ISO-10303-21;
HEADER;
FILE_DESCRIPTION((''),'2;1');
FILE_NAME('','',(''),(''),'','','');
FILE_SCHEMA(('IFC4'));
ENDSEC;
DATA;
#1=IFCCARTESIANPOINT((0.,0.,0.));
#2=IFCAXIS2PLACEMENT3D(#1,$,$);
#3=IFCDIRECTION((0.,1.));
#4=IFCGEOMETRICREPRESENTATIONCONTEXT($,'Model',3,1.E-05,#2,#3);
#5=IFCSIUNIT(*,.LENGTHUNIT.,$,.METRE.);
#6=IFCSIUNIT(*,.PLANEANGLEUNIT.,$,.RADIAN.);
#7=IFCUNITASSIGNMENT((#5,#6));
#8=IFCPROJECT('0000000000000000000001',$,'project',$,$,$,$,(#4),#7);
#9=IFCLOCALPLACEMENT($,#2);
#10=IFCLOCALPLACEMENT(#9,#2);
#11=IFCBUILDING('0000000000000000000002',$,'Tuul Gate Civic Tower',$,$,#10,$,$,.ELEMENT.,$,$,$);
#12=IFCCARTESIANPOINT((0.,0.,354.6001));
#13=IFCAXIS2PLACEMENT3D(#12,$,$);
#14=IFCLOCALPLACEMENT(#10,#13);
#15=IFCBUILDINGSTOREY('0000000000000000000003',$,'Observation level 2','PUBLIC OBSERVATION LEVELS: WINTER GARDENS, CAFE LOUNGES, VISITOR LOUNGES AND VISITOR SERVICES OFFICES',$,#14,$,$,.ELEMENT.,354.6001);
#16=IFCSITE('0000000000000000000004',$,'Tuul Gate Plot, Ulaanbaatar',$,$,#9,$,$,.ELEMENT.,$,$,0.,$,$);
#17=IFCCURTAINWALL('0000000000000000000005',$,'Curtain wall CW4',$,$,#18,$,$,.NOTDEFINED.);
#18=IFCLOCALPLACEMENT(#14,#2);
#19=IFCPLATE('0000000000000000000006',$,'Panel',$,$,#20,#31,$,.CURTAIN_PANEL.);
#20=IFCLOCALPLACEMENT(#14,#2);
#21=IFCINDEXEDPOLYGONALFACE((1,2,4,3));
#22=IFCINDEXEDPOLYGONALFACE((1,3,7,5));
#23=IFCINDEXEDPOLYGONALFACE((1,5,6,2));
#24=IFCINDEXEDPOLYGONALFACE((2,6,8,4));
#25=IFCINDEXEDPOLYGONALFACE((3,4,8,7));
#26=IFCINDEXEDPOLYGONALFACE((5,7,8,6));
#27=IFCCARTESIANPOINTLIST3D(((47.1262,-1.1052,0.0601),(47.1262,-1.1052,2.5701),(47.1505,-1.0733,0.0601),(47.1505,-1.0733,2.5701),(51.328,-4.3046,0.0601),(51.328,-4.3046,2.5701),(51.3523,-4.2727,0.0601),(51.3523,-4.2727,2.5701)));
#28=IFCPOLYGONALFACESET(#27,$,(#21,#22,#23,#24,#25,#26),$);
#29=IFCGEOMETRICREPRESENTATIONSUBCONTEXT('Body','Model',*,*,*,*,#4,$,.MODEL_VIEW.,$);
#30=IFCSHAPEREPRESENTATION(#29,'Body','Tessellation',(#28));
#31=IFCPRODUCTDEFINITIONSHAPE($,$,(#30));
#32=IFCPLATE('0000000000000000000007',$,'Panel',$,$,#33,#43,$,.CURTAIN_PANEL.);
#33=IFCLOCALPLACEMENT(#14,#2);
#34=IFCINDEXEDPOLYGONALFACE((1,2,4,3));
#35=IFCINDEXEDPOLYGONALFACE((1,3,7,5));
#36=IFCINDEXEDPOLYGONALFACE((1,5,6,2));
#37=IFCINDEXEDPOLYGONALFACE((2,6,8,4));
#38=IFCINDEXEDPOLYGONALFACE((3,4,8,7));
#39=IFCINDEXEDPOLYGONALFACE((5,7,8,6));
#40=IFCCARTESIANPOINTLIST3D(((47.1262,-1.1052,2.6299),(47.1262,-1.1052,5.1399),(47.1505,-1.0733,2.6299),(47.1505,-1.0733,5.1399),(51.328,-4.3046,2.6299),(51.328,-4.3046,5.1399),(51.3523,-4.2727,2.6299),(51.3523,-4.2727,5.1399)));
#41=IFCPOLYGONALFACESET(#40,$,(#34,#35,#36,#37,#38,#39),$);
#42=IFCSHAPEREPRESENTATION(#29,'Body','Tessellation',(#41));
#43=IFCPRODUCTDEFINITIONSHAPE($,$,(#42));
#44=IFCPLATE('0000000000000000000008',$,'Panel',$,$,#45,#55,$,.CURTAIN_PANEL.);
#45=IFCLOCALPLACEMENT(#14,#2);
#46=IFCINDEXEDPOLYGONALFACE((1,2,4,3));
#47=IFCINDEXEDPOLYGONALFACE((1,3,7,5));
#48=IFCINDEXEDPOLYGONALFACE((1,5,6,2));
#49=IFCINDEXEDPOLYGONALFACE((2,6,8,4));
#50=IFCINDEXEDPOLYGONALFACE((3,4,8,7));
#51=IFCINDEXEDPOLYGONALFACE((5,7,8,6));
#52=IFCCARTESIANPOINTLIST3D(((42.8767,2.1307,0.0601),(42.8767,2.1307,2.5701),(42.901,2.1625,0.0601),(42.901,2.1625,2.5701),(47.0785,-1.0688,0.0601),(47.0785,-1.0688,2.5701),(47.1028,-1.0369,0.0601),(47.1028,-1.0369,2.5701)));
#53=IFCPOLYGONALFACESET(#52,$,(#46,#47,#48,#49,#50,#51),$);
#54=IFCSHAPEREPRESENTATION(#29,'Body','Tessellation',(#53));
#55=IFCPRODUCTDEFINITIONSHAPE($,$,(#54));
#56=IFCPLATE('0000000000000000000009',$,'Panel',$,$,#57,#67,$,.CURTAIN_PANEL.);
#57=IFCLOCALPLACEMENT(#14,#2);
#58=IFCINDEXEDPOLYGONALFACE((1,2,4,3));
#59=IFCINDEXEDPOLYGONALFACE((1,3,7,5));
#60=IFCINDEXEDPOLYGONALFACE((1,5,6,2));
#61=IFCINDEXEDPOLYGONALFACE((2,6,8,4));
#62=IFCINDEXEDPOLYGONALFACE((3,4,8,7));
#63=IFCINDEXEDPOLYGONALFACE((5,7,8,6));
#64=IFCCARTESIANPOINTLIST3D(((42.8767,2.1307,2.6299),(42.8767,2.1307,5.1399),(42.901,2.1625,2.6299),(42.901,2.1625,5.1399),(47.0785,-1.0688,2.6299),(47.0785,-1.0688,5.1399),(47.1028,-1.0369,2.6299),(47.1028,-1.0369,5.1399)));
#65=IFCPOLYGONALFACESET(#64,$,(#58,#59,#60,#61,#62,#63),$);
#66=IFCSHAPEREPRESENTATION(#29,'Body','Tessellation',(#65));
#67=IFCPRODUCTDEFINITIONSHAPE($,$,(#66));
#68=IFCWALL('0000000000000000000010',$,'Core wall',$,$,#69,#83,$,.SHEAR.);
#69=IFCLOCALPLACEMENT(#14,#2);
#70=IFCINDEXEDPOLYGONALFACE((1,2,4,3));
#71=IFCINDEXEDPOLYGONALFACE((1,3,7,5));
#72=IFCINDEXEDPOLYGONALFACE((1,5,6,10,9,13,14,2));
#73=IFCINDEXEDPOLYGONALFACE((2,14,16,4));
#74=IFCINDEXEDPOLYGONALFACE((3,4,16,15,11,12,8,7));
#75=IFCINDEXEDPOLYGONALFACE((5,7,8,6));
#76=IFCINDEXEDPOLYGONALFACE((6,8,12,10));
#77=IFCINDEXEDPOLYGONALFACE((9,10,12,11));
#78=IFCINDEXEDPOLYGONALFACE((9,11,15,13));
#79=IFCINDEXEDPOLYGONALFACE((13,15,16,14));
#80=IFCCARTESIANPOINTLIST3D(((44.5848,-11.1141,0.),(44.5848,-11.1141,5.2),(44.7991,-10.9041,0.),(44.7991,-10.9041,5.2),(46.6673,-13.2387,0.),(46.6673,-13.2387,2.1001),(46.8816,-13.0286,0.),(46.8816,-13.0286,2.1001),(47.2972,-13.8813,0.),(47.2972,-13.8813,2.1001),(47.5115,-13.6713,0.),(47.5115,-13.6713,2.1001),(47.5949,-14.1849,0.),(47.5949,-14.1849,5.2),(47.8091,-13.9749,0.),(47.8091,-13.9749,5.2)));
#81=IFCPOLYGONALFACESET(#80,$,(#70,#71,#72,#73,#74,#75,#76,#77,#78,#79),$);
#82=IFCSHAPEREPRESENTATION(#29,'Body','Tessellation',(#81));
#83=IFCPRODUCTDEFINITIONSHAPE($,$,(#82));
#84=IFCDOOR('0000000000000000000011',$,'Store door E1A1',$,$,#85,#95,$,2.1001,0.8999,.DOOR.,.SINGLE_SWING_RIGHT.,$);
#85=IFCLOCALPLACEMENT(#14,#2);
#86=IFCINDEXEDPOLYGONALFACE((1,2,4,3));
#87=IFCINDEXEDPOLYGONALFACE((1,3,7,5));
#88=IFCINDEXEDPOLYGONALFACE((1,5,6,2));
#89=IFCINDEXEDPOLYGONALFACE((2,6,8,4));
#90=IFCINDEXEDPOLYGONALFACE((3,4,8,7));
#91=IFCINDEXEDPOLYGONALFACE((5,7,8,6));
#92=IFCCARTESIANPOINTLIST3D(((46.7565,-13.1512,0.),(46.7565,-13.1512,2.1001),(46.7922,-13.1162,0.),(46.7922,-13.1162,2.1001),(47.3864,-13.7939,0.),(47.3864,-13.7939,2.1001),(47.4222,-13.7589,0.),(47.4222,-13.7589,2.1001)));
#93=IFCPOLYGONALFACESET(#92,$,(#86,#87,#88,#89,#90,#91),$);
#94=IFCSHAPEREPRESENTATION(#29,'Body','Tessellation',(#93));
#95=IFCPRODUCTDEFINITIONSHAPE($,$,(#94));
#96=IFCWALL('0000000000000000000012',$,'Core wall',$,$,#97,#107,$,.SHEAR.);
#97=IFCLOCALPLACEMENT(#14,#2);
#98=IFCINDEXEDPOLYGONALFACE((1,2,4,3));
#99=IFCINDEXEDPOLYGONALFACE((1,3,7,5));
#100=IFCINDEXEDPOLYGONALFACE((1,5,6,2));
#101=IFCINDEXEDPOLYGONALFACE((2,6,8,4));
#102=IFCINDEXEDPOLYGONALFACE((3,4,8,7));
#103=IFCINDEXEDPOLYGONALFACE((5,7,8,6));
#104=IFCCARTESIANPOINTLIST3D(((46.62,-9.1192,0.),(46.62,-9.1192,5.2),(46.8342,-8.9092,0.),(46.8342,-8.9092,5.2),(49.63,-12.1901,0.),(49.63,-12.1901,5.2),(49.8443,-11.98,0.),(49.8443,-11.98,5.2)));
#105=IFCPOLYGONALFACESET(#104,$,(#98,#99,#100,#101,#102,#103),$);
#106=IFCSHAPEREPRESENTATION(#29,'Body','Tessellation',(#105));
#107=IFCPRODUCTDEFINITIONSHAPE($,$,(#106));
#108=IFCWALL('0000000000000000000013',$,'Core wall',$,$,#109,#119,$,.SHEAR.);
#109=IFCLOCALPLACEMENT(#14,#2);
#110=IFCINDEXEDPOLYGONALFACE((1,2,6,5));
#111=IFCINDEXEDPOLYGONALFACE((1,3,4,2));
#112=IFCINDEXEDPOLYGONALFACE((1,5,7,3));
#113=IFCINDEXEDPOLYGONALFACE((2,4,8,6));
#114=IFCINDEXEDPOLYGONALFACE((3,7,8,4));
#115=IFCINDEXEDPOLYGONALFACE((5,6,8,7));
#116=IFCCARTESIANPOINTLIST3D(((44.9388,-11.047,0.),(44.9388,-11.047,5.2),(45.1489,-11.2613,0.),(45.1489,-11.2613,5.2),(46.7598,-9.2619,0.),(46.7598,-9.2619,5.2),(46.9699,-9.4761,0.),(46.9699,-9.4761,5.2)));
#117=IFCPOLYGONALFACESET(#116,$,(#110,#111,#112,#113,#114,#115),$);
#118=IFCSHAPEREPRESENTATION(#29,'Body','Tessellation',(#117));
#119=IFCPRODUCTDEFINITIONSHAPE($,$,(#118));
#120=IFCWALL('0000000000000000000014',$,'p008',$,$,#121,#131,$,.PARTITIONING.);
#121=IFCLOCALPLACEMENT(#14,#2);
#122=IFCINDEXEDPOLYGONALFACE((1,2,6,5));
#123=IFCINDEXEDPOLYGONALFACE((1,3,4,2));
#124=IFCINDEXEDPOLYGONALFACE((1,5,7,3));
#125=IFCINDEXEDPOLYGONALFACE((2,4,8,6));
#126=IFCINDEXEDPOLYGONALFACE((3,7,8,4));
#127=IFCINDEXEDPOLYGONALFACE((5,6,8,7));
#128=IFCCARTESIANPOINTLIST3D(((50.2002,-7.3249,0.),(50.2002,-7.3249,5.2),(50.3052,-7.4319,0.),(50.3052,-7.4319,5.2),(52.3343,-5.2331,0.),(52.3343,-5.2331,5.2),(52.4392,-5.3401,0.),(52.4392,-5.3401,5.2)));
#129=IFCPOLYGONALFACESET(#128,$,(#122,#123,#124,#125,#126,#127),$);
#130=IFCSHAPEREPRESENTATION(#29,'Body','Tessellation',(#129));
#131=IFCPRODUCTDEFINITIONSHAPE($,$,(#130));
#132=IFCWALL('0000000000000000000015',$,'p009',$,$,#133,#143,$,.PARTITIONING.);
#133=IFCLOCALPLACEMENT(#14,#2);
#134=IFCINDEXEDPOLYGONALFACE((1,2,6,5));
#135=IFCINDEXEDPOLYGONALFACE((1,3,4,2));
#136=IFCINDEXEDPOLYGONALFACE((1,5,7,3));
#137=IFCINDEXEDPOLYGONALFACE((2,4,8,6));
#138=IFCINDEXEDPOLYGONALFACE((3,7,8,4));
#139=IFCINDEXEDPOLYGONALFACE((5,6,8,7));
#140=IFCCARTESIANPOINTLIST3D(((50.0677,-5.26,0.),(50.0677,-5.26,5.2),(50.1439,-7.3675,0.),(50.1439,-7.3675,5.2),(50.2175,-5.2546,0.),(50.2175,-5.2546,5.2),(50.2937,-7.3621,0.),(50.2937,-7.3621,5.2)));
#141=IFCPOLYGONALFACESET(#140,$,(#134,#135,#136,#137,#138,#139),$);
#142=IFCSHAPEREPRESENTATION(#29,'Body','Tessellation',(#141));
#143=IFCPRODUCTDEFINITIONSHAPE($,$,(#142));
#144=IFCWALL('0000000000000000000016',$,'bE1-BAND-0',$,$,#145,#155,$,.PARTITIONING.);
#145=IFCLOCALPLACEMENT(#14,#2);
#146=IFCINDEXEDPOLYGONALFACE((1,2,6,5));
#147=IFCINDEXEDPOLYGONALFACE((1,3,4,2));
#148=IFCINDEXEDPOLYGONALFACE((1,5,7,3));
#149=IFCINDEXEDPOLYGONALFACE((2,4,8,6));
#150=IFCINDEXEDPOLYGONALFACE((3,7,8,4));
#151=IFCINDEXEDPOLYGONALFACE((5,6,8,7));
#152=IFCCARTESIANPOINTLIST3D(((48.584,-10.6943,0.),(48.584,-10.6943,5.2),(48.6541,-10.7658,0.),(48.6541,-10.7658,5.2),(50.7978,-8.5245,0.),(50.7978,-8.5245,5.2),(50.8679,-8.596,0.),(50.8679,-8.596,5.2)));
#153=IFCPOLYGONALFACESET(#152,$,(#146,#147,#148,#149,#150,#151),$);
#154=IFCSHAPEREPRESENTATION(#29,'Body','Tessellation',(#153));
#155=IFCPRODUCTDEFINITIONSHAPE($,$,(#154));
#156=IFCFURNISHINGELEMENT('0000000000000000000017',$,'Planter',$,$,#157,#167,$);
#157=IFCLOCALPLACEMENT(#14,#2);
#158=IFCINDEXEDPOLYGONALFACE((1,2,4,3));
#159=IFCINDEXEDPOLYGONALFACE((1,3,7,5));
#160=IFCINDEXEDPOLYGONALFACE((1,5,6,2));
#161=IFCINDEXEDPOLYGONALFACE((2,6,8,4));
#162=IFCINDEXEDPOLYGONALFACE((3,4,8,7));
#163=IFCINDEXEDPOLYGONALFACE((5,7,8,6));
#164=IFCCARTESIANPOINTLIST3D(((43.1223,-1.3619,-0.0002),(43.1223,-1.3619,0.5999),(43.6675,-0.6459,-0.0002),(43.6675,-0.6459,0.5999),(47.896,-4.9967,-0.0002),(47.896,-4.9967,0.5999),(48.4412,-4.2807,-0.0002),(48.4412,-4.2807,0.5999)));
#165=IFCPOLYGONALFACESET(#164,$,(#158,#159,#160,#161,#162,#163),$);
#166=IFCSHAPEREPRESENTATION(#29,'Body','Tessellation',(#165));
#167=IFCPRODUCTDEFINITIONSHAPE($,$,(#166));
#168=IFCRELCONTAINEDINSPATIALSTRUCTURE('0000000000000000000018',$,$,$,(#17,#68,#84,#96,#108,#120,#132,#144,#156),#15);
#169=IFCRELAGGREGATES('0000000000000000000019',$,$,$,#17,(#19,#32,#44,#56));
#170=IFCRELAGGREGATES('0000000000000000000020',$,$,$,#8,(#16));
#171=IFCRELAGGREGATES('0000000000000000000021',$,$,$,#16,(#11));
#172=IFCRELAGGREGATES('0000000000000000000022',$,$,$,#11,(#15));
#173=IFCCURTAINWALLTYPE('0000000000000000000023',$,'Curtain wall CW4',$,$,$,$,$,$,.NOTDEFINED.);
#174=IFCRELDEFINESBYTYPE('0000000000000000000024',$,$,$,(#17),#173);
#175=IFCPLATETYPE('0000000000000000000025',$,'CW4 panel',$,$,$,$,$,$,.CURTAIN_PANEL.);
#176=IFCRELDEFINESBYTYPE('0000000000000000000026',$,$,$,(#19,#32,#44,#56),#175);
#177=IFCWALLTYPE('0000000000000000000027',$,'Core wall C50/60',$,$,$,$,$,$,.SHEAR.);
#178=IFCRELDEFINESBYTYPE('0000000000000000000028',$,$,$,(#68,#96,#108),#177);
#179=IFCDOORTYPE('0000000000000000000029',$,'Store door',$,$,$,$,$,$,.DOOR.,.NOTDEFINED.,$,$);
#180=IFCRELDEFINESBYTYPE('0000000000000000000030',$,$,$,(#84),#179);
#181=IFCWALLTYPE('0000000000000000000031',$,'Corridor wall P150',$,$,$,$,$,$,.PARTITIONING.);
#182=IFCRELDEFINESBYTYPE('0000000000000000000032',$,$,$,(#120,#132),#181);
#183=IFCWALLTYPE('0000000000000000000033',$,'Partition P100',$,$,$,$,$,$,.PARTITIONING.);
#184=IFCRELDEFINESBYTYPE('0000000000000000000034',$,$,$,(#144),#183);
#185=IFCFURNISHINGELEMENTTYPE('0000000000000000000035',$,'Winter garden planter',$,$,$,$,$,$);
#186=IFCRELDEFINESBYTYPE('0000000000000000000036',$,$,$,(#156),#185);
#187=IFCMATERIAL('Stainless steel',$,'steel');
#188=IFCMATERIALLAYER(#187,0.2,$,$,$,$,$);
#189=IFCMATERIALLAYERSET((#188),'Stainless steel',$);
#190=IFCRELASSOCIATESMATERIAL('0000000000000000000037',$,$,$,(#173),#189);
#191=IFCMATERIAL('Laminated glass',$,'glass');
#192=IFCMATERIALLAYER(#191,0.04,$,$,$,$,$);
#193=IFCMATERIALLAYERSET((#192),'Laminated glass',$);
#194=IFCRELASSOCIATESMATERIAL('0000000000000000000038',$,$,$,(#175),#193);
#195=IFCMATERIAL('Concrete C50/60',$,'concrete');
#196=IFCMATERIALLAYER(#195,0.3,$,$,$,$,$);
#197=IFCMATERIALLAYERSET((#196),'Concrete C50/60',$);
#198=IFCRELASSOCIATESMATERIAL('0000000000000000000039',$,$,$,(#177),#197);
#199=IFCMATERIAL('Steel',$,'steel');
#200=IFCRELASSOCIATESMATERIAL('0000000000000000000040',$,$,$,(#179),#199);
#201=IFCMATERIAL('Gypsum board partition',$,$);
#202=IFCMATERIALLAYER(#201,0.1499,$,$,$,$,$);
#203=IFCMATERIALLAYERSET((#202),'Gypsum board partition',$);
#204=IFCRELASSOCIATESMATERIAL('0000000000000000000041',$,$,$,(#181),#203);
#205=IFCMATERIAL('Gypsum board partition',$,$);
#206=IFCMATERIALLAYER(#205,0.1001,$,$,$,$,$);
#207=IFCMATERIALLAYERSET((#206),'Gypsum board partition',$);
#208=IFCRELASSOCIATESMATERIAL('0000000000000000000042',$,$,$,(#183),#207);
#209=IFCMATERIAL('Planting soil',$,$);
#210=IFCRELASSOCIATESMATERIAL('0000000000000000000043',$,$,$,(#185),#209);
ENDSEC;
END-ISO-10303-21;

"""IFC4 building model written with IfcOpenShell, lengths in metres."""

from ifc_helpers import new_model, si_unit, direction, frame, frame_2d, origin, origin_2d, place, context, subcontext, project, spatial, rectangle, extrude, material, layer, layer_set, type_object, element, fill, aggregate, save


model = new_model("IFC4")

# Units and contexts
model_context = context("Model", 3, precision=1e-05, world=origin(), true_north=direction((0.0, 1.0)))
body_context = subcontext(model_context, "Body", "Model", "MODEL_VIEW")
ifc_project = project(units=[si_unit("LENGTHUNIT", "METRE"), si_unit("PLANEANGLEUNIT", "RADIAN")], contexts=[model_context])

# Site, building, storey
site_placement = place(None, origin())
site = spatial("IfcSite", under=ifc_project, at=site_placement, Name="Tuul Gate Plot, Ulaanbaatar", CompositionType="ELEMENT", RefElevation=0.0)
building_placement = place(site_placement, origin())
building = spatial("IfcBuilding", under=site, at=building_placement, Name="Tuul Gate Civic Tower", CompositionType="ELEMENT")
storey_placement = place(building_placement, frame((0.0, 0.0, 354.6001)))
storey = spatial("IfcBuildingStorey", under=building, at=storey_placement, Name="Observation level 2", Description="PUBLIC OBSERVATION LEVELS: WINTER GARDENS, CAFE LOUNGES, VISITOR LOUNGES AND VISITOR SERVICES OFFICES", CompositionType="ELEMENT", Elevation=354.6001)

# Curtain wall
ifc_material_1 = material(Name="Stainless steel", Category="steel")
ifc_layer_1 = layer(ifc_material_1, 0.2)
ifc_layer_set_1 = layer_set([ifc_layer_1], Name="Stainless steel")
curtain_wall_type = type_object("IfcCurtainWallType", Name="Curtain wall CW4", PredefinedType="NOTDEFINED", material=ifc_layer_set_1)
curtain_wall_placement = place(storey_placement, origin())
curtain_wall = element("IfcCurtainWall", 1, at=curtain_wall_placement, inside=storey, type_object=curtain_wall_type, Name="Curtain wall CW4", PredefinedType="NOTDEFINED")

# Plates
ifc_material_2 = material(Name="Laminated glass", Category="glass")
ifc_layer_2 = layer(ifc_material_2, 0.04)
ifc_layer_set_2 = layer_set([ifc_layer_2], Name="Laminated glass")
plate_type = type_object("IfcPlateType", Name="CW4 panel", PredefinedType="CURTAIN_PANEL", material=ifc_layer_set_2)
plate_1_placement = place(storey_placement, frame((49.2393, -2.689, 0.0601), z_axis=(0.0, 0.0, 1.0), x_axis=(-0.795611, 0.605808, 0.0)))
plate_1 = element("IfcPlate", 2, at=plate_1_placement, type_object=plate_type, Name="Panel", PredefinedType="CURTAIN_PANEL", context=body_context, shape_type="SweptSolid", body=[
    extrude(rectangle(XDim=5.2812, YDim=0.04, at=origin_2d()), origin(), (0.0, 0.0, 1.0), 2.51),
])
plate_2_placement = place(storey_placement, frame((49.2393, -2.689, 2.6299), z_axis=(0.0, 0.0, 1.0), x_axis=(-0.795611, 0.605808, 0.0)))
plate_2 = element("IfcPlate", 3, at=plate_2_placement, type_object=plate_type, Name="Panel", PredefinedType="CURTAIN_PANEL", context=body_context, shape_type="SweptSolid", body=[
    extrude(rectangle(XDim=5.2812, YDim=0.04, at=origin_2d()), origin(), (0.0, 0.0, 1.0), 2.51),
])
plate_3_placement = place(storey_placement, frame((44.9897, 0.5469, 0.0601), z_axis=(0.0, 0.0, 1.0), x_axis=(-0.795611, 0.605808, 0.0)))
plate_3 = element("IfcPlate", 4, at=plate_3_placement, type_object=plate_type, Name="Panel", PredefinedType="CURTAIN_PANEL", context=body_context, shape_type="SweptSolid", body=[
    extrude(rectangle(XDim=5.2812, YDim=0.04, at=origin_2d()), origin(), (0.0, 0.0, 1.0), 2.51),
])
plate_4_placement = place(storey_placement, frame((44.9897, 0.5469, 2.6299), z_axis=(0.0, 0.0, 1.0), x_axis=(-0.795611, 0.605808, 0.0)))
plate_4 = element("IfcPlate", 5, at=plate_4_placement, type_object=plate_type, Name="Panel", PredefinedType="CURTAIN_PANEL", context=body_context, shape_type="SweptSolid", body=[
    extrude(rectangle(XDim=5.2812, YDim=0.04, at=origin_2d()), origin(), (0.0, 0.0, 1.0), 2.51),
])
aggregate(curtain_wall, [plate_1, plate_2, plate_3, plate_4])

# Wall, opening, door
ifc_material_3 = material(Name="Concrete C50/60", Category="concrete")
ifc_layer_3 = layer(ifc_material_3, 0.3)
ifc_layer_set_3 = layer_set([ifc_layer_3], Name="Concrete C50/60")
wall_type_1 = type_object("IfcWallType", Name="Core wall C50/60", PredefinedType="SHEAR", material=ifc_layer_set_3)
wall_1_placement = place(storey_placement, frame((47.7019, -14.0798, 0.0), z_axis=(0.0, 0.0, 1.0), x_axis=(-0.700003, 0.71414, 0.0)))
wall_1 = element("IfcWall", 6, at=wall_1_placement, inside=storey, type_object=wall_type_1, Name="Core wall", PredefinedType="SHEAR", context=body_context, shape_type="SweptSolid", body=[
    extrude(rectangle(XDim=4.3, YDim=0.3, at=frame_2d((2.1499, 0.0))), origin(), (0.0, 0.0, 1.0), 5.2),
])
opening_placement = place(wall_1_placement, frame((0.425, 0.0, 0.0)))
opening = element("IfcOpeningElement", 7, at=opening_placement, cuts=wall_1, PredefinedType="OPENING", context=body_context, shape_type="SweptSolid", body=[
    extrude(rectangle(XDim=0.8999, YDim=2.1001, at=frame_2d((0.45, 1.05))), frame((0.0, 0.1602, 0.0), z_axis=(0.0, -1.0, 0.0), x_axis=(1.0, 0.0, 0.0)), (0.0, 0.0, 1.0), 0.3201),
])
ifc_material_4 = material(Name="Steel", Category="steel")
door_type = type_object("IfcDoorType", Name="Store door", OperationType="NOTDEFINED", PredefinedType="DOOR", material=ifc_material_4)
door_placement = place(opening_placement, frame((0.8999, 0.0, 0.0), z_axis=(0.0, 0.0, 1.0), x_axis=(-1.0, 0.0, 0.0)))
door = element("IfcDoor", 8, at=door_placement, inside=storey, type_object=door_type, Name="Store door E1A1", OperationType="SINGLE_SWING_RIGHT", OverallHeight=2.1001, OverallWidth=0.8999, PredefinedType="DOOR", context=body_context, shape_type="SweptSolid", body=[
    extrude(rectangle(XDim=0.8999, YDim=2.1001, at=frame_2d((0.45, 1.05))), frame((0.0, 0.0249, 0.0), z_axis=(0.0, -1.0, 0.0), x_axis=(1.0, 0.0, 0.0)), (0.0, 0.0, 1.0), 0.05),
])
fill(opening, door)

# Walls
wall_2_placement = place(storey_placement, frame((49.7371, -12.085, 0.0), z_axis=(0.0, 0.0, 1.0), x_axis=(-0.700003, 0.71414, 0.0)))
element("IfcWall", 9, at=wall_2_placement, inside=storey, type_object=wall_type_1, Name="Core wall", PredefinedType="SHEAR", context=body_context, shape_type="SweptSolid", body=[
    extrude(rectangle(XDim=4.3, YDim=0.3, at=frame_2d((2.1499, 0.0))), origin(), (0.0, 0.0, 1.0), 5.2),
])
wall_3_placement = place(storey_placement, frame((45.0439, -11.1541, 0.0), z_axis=(0.0, 0.0, 1.0), x_axis=(0.714108, 0.700035, 0.0)))
element("IfcWall", 10, at=wall_3_placement, inside=storey, type_object=wall_type_1, Name="Core wall", PredefinedType="SHEAR", context=body_context, shape_type="SweptSolid", body=[
    extrude(rectangle(XDim=2.55, YDim=0.3, at=frame_2d((1.2749, 0.0))), origin(), (0.0, 0.0, 1.0), 5.2),
])
ifc_material_5 = material(Name="Gypsum board partition")
ifc_layer_4 = layer(ifc_material_5, 0.1499)
ifc_layer_set_4 = layer_set([ifc_layer_4], Name="Gypsum board partition")
wall_type_2 = type_object("IfcWallType", Name="Corridor wall P150", PredefinedType="PARTITIONING", material=ifc_layer_set_4)
wall_4_placement = place(storey_placement, frame((50.2527, -7.3784, 0.0), z_axis=(0.0, 0.0, 1.0), x_axis=(0.714139, 0.700004, 0.0)))
element("IfcWall", 11, at=wall_4_placement, inside=storey, type_object=wall_type_2, Name="p008", PredefinedType="PARTITIONING", context=body_context, shape_type="SweptSolid", body=[
    extrude(rectangle(XDim=2.9883, YDim=0.1499, at=frame_2d((1.4941, 0.0))), origin(), (0.0, 0.0, 1.0), 5.2),
])
wall_5_placement = place(storey_placement, frame((50.1426, -5.2573, 0.0), z_axis=(0.0, 0.0, 1.0), x_axis=(0.036121, -0.999347, 0.0)))
element("IfcWall", 12, at=wall_5_placement, inside=storey, type_object=wall_type_2, Name="p009", PredefinedType="PARTITIONING", context=body_context, shape_type="SweptSolid", body=[
    extrude(rectangle(XDim=2.1089, YDim=0.1499, at=frame_2d((1.0544, 0.0))), origin(), (0.0, 0.0, 1.0), 5.2),
])
ifc_material_6 = material(Name="Gypsum board partition")
ifc_layer_5 = layer(ifc_material_6, 0.1001)
ifc_layer_set_5 = layer_set([ifc_layer_5], Name="Gypsum board partition")
wall_type_3 = type_object("IfcWallType", Name="Partition P100", PredefinedType="PARTITIONING", material=ifc_layer_set_5)
wall_6_placement = place(storey_placement, frame((48.6191, -10.73, 0.0), z_axis=(0.0, 0.0, 1.0), x_axis=(0.714159, 0.699983, 0.0)))
element("IfcWall", 13, at=wall_6_placement, inside=storey, type_object=wall_type_3, Name="bE1-BAND-0", PredefinedType="PARTITIONING", context=body_context, shape_type="SweptSolid", body=[
    extrude(rectangle(XDim=3.0999, YDim=0.1001, at=frame_2d((1.5498, 0.0))), origin(), (0.0, 0.0, 1.0), 5.2),
])

# Furnishing element
ifc_material_7 = material(Name="Planting soil")
furnishing_element_type = type_object("IfcFurnishingElementType", Name="Winter garden planter", material=ifc_material_7)
furnishing_placement = place(storey_placement, frame((45.7817, -2.8213, -0.0002), z_axis=(0.0, 0.0, 1.0), x_axis=(-0.795611, 0.605808, 0.0)))
element("IfcFurnishingElement", 14, at=furnishing_placement, inside=storey, type_object=furnishing_element_type, Name="Planter", context=body_context, shape_type="SweptSolid", body=[
    extrude(rectangle(XDim=6.0, YDim=0.8999, at=origin_2d()), origin(), (0.0, 0.0, 1.0), 0.6001),
])

save(model, "model.ifc")
